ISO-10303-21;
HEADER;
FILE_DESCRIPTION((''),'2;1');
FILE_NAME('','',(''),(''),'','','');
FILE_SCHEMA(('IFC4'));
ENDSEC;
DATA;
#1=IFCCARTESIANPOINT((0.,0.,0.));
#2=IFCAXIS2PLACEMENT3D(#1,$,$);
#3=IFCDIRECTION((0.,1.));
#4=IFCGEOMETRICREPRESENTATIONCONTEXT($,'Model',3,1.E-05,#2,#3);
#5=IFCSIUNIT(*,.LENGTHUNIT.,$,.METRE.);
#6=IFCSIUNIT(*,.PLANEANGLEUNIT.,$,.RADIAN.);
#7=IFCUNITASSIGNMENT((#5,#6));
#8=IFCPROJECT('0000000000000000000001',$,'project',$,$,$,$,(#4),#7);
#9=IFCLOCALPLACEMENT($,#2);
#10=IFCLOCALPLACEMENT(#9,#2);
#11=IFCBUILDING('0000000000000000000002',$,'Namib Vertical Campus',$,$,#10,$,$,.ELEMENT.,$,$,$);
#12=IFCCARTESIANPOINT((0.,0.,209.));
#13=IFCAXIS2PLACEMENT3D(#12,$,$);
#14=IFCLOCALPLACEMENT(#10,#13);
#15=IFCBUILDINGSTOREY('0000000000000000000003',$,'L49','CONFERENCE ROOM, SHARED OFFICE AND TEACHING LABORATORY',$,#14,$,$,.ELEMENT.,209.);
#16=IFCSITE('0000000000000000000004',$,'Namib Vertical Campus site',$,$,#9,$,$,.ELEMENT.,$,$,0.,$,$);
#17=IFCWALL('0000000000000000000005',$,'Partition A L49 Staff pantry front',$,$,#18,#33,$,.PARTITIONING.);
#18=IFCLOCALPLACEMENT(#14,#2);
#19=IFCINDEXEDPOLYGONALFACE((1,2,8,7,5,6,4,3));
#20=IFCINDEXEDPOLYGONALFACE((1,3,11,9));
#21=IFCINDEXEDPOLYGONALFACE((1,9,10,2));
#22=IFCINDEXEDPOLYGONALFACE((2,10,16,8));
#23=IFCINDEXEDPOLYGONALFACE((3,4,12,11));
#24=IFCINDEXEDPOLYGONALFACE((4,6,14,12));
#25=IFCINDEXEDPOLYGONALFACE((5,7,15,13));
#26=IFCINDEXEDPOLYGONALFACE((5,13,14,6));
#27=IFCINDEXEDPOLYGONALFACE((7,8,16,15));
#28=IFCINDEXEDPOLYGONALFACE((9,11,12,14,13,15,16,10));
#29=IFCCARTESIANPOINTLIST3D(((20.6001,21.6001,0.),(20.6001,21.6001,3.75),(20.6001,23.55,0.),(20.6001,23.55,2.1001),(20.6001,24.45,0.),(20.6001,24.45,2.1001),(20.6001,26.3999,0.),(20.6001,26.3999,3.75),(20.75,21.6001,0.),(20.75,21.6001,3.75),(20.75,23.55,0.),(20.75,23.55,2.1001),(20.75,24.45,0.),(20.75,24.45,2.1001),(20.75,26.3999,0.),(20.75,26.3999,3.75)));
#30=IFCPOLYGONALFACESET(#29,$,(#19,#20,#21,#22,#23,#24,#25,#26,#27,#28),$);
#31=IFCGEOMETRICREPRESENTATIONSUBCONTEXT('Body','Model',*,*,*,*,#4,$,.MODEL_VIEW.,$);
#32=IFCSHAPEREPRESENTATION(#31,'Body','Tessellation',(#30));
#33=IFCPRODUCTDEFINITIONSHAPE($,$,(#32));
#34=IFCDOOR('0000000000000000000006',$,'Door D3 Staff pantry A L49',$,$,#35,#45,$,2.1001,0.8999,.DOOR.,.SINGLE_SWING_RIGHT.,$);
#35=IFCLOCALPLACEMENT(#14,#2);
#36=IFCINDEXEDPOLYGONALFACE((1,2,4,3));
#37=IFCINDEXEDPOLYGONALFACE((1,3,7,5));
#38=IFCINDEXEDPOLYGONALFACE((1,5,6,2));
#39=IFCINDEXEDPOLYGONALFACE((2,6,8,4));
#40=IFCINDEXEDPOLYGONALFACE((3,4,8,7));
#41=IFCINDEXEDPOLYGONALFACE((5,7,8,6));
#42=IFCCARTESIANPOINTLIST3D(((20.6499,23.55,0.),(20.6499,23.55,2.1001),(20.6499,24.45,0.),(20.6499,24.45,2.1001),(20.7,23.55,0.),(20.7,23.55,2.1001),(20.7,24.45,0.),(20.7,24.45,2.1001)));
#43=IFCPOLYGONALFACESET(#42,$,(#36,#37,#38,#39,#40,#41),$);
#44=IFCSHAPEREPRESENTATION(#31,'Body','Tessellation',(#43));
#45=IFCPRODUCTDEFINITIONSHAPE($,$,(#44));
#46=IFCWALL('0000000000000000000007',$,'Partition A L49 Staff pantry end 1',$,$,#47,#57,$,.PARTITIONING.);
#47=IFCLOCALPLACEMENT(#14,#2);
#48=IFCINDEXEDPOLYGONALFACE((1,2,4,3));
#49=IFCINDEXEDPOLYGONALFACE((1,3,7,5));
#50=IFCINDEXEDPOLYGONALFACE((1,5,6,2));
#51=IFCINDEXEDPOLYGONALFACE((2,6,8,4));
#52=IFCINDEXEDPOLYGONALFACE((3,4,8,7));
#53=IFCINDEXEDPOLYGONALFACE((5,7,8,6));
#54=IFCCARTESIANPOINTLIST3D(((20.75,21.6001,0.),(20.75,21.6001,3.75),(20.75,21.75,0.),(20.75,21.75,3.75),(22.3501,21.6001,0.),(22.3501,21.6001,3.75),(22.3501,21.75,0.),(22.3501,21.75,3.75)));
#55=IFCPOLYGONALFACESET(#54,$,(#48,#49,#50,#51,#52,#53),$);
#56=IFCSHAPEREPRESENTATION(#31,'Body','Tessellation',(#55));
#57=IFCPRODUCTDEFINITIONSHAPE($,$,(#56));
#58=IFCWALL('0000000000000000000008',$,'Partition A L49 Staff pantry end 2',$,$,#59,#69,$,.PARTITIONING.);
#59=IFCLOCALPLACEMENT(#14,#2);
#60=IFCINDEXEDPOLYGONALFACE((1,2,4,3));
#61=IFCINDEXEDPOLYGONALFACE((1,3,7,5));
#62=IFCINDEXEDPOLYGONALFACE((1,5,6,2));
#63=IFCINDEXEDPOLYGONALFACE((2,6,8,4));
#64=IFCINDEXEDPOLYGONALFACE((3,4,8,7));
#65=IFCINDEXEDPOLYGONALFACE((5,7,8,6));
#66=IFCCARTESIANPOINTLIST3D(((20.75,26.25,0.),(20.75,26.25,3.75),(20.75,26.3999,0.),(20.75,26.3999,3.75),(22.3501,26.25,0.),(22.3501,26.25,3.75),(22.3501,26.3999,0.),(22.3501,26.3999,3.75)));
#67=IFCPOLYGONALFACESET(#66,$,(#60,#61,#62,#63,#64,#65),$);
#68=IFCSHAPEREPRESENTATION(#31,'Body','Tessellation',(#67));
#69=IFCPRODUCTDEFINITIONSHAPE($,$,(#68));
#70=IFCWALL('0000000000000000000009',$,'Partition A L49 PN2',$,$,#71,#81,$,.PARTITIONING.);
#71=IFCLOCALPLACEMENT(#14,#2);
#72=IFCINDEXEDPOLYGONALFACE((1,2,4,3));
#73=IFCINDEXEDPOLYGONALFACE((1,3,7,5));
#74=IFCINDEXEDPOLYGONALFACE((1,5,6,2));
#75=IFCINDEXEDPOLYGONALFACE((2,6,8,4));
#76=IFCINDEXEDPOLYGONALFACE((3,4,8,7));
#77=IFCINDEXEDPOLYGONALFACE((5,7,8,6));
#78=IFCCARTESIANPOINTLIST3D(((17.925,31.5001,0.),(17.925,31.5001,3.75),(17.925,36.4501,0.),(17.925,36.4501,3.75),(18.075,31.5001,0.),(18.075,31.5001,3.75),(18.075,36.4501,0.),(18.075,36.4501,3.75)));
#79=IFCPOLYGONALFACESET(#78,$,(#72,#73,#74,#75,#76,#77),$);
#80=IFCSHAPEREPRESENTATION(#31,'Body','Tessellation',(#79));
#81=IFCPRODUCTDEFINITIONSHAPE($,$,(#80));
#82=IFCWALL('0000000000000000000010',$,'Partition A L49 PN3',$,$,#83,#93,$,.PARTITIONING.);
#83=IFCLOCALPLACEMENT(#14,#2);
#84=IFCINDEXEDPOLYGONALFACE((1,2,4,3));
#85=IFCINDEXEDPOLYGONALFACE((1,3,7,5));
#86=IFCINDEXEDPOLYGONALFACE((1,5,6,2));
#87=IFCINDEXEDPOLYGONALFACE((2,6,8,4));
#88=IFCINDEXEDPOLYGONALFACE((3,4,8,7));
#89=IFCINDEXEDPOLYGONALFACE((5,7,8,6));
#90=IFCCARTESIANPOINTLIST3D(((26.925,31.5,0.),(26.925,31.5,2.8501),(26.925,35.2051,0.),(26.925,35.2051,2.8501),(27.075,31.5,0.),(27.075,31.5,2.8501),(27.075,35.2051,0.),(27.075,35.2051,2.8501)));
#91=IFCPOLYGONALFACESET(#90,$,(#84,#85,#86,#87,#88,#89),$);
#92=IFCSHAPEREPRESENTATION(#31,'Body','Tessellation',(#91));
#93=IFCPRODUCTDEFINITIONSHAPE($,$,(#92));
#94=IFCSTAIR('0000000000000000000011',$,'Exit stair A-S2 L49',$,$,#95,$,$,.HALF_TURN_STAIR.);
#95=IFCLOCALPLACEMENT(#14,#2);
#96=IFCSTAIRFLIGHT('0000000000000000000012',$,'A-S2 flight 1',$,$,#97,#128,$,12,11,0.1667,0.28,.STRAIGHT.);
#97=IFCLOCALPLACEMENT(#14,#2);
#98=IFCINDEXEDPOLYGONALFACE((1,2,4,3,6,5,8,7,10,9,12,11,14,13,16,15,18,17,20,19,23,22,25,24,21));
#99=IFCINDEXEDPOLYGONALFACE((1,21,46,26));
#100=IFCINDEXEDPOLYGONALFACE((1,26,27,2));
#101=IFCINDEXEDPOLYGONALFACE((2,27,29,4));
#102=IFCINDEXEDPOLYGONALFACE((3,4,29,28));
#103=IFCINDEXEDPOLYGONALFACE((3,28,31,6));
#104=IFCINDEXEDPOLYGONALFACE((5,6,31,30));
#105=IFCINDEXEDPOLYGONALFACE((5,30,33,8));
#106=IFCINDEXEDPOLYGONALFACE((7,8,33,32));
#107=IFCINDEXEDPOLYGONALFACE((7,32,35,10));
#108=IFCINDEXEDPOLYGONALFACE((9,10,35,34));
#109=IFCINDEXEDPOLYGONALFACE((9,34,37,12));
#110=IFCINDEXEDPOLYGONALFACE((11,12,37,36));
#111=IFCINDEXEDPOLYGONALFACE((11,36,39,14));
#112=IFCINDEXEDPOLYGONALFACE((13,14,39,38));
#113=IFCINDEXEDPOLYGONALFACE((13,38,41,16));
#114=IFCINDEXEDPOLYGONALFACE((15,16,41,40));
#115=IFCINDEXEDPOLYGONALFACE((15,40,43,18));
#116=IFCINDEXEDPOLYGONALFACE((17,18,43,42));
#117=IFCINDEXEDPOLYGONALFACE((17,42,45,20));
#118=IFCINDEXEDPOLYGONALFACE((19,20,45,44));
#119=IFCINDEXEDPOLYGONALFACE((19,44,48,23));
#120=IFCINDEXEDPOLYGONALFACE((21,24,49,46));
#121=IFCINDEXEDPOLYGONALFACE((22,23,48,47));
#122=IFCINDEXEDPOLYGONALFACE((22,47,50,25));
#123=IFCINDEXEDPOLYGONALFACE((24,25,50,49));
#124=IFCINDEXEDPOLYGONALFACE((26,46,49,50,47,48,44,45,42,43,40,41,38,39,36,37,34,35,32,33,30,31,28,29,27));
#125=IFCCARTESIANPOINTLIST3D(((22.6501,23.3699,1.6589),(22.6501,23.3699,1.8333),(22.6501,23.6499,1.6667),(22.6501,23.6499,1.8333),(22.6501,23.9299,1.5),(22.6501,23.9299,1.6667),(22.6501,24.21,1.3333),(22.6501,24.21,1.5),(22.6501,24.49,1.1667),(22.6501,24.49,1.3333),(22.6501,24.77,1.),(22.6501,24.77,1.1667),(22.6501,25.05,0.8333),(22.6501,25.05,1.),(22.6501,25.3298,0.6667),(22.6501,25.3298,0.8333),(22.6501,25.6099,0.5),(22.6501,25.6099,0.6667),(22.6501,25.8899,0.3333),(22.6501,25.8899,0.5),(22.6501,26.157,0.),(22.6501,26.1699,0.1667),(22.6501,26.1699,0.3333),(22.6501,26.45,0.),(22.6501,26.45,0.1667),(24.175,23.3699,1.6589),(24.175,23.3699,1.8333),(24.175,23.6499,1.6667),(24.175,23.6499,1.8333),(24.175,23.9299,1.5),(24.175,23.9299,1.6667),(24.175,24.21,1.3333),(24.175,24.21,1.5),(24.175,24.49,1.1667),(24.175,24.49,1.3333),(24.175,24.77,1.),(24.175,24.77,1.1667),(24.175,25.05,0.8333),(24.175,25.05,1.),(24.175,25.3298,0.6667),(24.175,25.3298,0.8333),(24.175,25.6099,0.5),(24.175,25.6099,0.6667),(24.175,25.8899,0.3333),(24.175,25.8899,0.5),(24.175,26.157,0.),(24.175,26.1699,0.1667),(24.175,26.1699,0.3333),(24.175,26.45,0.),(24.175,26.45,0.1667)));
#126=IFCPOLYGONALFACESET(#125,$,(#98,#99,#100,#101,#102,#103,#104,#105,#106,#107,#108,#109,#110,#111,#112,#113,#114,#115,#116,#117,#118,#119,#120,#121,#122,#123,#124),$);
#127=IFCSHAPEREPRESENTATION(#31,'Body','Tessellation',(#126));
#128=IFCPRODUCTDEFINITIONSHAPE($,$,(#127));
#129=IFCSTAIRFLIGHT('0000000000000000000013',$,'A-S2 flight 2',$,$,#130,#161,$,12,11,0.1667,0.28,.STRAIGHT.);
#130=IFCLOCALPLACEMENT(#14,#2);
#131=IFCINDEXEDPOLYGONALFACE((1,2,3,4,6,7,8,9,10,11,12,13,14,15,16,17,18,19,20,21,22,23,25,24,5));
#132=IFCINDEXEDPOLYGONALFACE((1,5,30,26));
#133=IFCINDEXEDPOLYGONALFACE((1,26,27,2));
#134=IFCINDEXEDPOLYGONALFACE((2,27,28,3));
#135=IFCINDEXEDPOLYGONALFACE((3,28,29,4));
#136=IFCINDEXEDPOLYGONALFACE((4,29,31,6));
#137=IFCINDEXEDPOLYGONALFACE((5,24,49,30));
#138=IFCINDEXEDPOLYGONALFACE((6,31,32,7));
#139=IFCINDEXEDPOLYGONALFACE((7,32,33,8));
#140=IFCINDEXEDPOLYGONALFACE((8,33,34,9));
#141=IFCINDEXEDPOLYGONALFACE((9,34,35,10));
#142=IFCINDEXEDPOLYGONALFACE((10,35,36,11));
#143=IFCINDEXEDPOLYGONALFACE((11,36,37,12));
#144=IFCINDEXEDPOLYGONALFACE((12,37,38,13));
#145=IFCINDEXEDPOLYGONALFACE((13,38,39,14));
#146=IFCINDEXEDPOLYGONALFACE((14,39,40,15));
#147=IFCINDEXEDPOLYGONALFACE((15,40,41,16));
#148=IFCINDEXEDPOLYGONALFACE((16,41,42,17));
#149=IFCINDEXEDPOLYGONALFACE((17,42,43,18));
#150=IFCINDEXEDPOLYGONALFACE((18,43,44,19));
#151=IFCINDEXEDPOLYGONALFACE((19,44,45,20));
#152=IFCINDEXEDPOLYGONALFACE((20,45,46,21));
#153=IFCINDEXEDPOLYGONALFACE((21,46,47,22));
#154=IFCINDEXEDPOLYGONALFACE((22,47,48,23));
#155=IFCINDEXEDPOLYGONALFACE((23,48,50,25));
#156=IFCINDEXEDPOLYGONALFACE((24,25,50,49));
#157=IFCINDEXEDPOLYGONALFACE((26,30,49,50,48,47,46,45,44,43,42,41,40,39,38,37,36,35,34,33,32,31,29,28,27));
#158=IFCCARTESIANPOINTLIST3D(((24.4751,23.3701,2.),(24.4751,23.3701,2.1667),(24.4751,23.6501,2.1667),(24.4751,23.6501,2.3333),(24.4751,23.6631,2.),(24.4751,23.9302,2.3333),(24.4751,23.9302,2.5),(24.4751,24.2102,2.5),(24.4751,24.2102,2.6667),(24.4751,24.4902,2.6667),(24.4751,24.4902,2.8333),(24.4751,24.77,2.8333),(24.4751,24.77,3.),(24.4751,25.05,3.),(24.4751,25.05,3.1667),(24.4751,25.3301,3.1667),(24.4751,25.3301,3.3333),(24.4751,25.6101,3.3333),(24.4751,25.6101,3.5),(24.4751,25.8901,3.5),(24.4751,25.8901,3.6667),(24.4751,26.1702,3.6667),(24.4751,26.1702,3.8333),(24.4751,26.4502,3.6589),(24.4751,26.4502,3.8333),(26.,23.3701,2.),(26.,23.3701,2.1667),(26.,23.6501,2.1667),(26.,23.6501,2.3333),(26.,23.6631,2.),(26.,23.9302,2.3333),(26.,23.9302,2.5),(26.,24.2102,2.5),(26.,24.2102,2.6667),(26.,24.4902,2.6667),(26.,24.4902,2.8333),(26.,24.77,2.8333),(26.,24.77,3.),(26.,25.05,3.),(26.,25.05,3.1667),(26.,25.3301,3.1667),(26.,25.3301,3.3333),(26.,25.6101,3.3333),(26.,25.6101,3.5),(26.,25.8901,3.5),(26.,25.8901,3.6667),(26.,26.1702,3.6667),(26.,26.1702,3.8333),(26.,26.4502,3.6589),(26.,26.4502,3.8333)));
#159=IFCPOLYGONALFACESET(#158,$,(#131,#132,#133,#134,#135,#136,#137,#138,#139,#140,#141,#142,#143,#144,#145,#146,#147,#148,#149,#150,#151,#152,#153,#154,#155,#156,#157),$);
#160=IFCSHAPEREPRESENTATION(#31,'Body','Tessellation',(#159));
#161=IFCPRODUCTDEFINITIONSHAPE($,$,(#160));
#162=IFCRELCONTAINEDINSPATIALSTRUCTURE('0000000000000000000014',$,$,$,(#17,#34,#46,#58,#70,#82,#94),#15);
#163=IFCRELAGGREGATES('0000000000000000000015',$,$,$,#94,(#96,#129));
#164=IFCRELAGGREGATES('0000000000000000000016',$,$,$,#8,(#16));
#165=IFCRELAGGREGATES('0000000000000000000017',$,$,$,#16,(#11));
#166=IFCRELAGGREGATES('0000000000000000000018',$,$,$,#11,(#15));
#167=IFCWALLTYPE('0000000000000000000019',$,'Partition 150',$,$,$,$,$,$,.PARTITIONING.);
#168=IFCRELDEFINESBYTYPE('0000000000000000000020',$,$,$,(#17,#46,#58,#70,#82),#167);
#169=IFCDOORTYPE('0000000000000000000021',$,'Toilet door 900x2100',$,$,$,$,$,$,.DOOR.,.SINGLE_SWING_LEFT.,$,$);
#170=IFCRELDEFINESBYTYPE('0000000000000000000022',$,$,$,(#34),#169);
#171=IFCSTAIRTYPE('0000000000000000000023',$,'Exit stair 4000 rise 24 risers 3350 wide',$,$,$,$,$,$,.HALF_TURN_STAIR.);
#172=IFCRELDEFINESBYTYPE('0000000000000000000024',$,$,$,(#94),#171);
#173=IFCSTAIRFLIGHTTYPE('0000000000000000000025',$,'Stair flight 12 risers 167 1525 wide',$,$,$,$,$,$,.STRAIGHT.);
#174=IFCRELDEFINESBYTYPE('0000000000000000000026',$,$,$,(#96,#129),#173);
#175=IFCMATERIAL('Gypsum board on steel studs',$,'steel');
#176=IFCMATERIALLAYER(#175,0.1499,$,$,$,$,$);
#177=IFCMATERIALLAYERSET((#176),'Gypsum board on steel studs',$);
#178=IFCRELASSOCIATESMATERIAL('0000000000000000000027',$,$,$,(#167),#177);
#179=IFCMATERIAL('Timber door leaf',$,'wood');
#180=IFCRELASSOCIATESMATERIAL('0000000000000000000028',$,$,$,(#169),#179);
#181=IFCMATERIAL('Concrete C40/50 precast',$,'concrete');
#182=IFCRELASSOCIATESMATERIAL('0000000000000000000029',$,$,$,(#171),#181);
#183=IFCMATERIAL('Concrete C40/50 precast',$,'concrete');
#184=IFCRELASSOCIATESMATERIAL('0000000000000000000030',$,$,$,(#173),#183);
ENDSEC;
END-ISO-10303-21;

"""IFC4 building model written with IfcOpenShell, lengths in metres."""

from ifc_helpers import new_model, si_unit, direction, frame, frame_2d, origin, place, context, subcontext, project, spatial, polyline, rectangle, outline, extrude, material, layer, layer_set, type_object, element, fill, aggregate, save


model = new_model("IFC4")

# Units and contexts
model_context = context("Model", 3, precision=1e-05, world=origin(), true_north=direction((0.0, 1.0)))
body_context = subcontext(model_context, "Body", "Model", "MODEL_VIEW")
ifc_project = project(units=[si_unit("LENGTHUNIT", "METRE"), si_unit("PLANEANGLEUNIT", "RADIAN")], contexts=[model_context])

# Site, building, storey
site_placement = place(None, origin())
site = spatial("IfcSite", under=ifc_project, at=site_placement, Name="Namib Vertical Campus site", CompositionType="ELEMENT", RefElevation=0.0)
building_placement = place(site_placement, origin())
building = spatial("IfcBuilding", under=site, at=building_placement, Name="Namib Vertical Campus", CompositionType="ELEMENT")
storey_placement = place(building_placement, frame((0.0, 0.0, 209.0)))
storey = spatial("IfcBuildingStorey", under=building, at=storey_placement, Name="L49", Description="CONFERENCE ROOM, SHARED OFFICE AND TEACHING LABORATORY", CompositionType="ELEMENT", Elevation=209.0)

# Wall, opening, door
ifc_material_1 = material(Name="Gypsum board on steel studs", Category="steel")
ifc_layer_1 = layer(ifc_material_1, 0.1499)
ifc_layer_set_1 = layer_set([ifc_layer_1], Name="Gypsum board on steel studs")
wall_type_1 = type_object("IfcWallType", Name="Partition 150", PredefinedType="PARTITIONING", material=ifc_layer_set_1)
wall_1_placement = place(storey_placement, frame((20.675, 21.6001, 0.0), z_axis=(0.0, 0.0, 1.0), x_axis=(0.0, 1.0, 0.0)))
wall_1 = element("IfcWall", 1, at=wall_1_placement, inside=storey, type_object=wall_type_1, Name="Partition A L49 Staff pantry front", PredefinedType="PARTITIONING", context=body_context, shape_type="SweptSolid", body=[
    extrude(rectangle(XDim=4.7998, YDim=0.1499, at=frame_2d((2.3999, 0.0))), origin(), (0.0, 0.0, 1.0), 3.75),
])
opening_1_placement = place(wall_1_placement, frame((1.95, 0.0, 0.0)))
opening_1 = element("IfcOpeningElement", 2, at=opening_1_placement, cuts=wall_1, PredefinedType="OPENING", context=body_context, shape_type="SweptSolid", body=[
    extrude(rectangle(XDim=0.8999, YDim=2.1001, at=frame_2d((0.45, 1.05))), frame((0.0, 0.085, 0.0), z_axis=(0.0, -1.0, 0.0), x_axis=(1.0, 0.0, 0.0)), (0.0, 0.0, 1.0), 0.1699),
])
ifc_material_2 = material(Name="Timber door leaf", Category="wood")
door_type_1 = type_object("IfcDoorType", Name="Toilet door 900x2100", OperationType="SINGLE_SWING_LEFT", PredefinedType="DOOR", material=ifc_material_2)
door_1_placement = place(opening_1_placement, frame((0.8999, 0.0, 0.0), z_axis=(0.0, 0.0, 1.0), x_axis=(-1.0, 0.0, 0.0)))
door_1 = element("IfcDoor", 3, at=door_1_placement, inside=storey, type_object=door_type_1, Name="Door D3 Staff pantry A L49", OperationType="SINGLE_SWING_RIGHT", OverallHeight=2.1001, OverallWidth=0.8999, PredefinedType="DOOR", context=body_context, shape_type="SweptSolid", body=[
    extrude(rectangle(XDim=0.8999, YDim=2.1001, at=frame_2d((0.45, 1.05))), frame((0.0, 0.0249, 0.0), z_axis=(0.0, -1.0, 0.0), x_axis=(1.0, 0.0, 0.0)), (0.0, 0.0, 1.0), 0.05),
])
fill(opening_1, door_1)

# Walls
for number, where, z_axis, x_axis, name in (
    (4, (20.75, 21.675, 0.0), (0.0, 0.0, 1.0), (1.0, 0.0, 0.0), "Partition A L49 Staff pantry end 1"),
    (5, (20.75, 26.325, 0.0), (0.0, 0.0, 1.0), (1.0, 0.0, 0.0), "Partition A L49 Staff pantry end 2"),
):
    element("IfcWall", number, at=place(storey_placement, frame(where, z_axis=z_axis, x_axis=x_axis)), inside=storey, type_object=wall_type_1, Name=name, PredefinedType="PARTITIONING", context=body_context, shape_type="SweptSolid", body=[
        extrude(rectangle(XDim=1.6001, YDim=0.1499, at=frame_2d((0.8, 0.0))), origin(), (0.0, 0.0, 1.0), 3.75),
    ])
wall_2_placement = place(storey_placement, frame((18.0, 31.5, 0.0), z_axis=(0.0, 0.0, 1.0), x_axis=(0.0, 1.0, 0.0)))
element("IfcWall", 6, at=wall_2_placement, inside=storey, type_object=wall_type_1, Name="Partition A L49 PN2", PredefinedType="PARTITIONING", context=body_context, shape_type="SweptSolid", body=[
    extrude(rectangle(XDim=4.95, YDim=0.1499, at=frame_2d((2.4751, 0.0))), origin(), (0.0, 0.0, 1.0), 3.75),
])
wall_3_placement = place(storey_placement, frame((27.0, 31.5, 0.0), z_axis=(0.0, 0.0, 1.0), x_axis=(0.0, 1.0, 0.0)))
element("IfcWall", 7, at=wall_3_placement, inside=storey, type_object=wall_type_1, Name="Partition A L49 PN3", PredefinedType="PARTITIONING", context=body_context, shape_type="SweptSolid", body=[
    extrude(rectangle(XDim=3.7051, YDim=0.1499, at=frame_2d((1.8525, 0.0))), origin(), (0.0, 0.0, 1.0), 2.8501),
])

# Stair, stair flights
ifc_material_3 = material(Name="Concrete C40/50 precast", Category="concrete")
stair_type = type_object("IfcStairType", Name="Exit stair 4000 rise 24 risers 3350 wide", PredefinedType="HALF_TURN_STAIR", material=ifc_material_3)
stair_placement = place(storey_placement, origin())
stair = element("IfcStair", 8, at=stair_placement, inside=storey, type_object=stair_type, Name="Exit stair A-S2 L49", PredefinedType="HALF_TURN_STAIR")
ifc_material_4 = material(Name="Concrete C40/50 precast", Category="concrete")
stair_flight_type = type_object("IfcStairFlightType", Name="Stair flight 12 risers 167 1525 wide", PredefinedType="STRAIGHT", material=ifc_material_4)
stair_flight_1_placement = place(storey_placement, frame((23.4126, 26.45, 0.0), z_axis=(0.0, 0.0, 1.0), x_axis=(0.0, -1.0, 0.0)))
stair_flight_1 = element("IfcStairFlight", 9, at=stair_flight_1_placement, type_object=stair_flight_type, Name="A-S2 flight 1", NumberOfRisers=12, NumberOfTreads=11, PredefinedType="STRAIGHT", RiserHeight=0.1667, TreadLength=0.28, context=body_context, shape_type="SweptSolid", body=[
    extrude(outline(polyline([(0.0, 0.0), (0.0, 0.1667), (0.28, 0.1667), (0.28, 0.3333), (0.5601, 0.3333), (0.5601, 0.5), (0.8401, 0.5), (0.8401, 0.6667), (1.1201, 0.6667), (1.1201, 0.8333), (1.3999, 0.8333), (1.3999, 1.0), (1.6799, 1.0), (1.6799, 1.1667), (1.96, 1.1667), (1.96, 1.3333), (2.24, 1.3333), (2.24, 1.5), (2.52, 1.5), (2.52, 1.6667), (2.8, 1.6667), (2.8, 1.8333), (3.0801, 1.8333), (3.0801, 2.0), (3.0801, 1.6589), (0.293, 0.0), (0.0, 0.0)])), frame((0.0, 0.7625, 0.0), z_axis=(0.0, -1.0, 0.0), x_axis=(1.0, 0.0, 0.0)), (0.0, 0.0, 1.0), 1.5249),
])
stair_flight_2_placement = place(storey_placement, frame((25.2375, 23.3701, 2.0), z_axis=(0.0, 0.0, 1.0), x_axis=(0.0, 1.0, 0.0)))
stair_flight_2 = element("IfcStairFlight", 10, at=stair_flight_2_placement, type_object=stair_flight_type, Name="A-S2 flight 2", NumberOfRisers=12, NumberOfTreads=11, PredefinedType="STRAIGHT", RiserHeight=0.1667, TreadLength=0.28, context=body_context, shape_type="SweptSolid", body=[
    extrude(outline(polyline([(0.0, 0.0), (0.0, 0.1667), (0.28, 0.1667), (0.28, 0.3333), (0.5601, 0.3333), (0.5601, 0.5), (0.8401, 0.5), (0.8401, 0.6667), (1.1201, 0.6667), (1.1201, 0.8333), (1.3999, 0.8333), (1.3999, 1.0), (1.6799, 1.0), (1.6799, 1.1667), (1.96, 1.1667), (1.96, 1.3333), (2.24, 1.3333), (2.24, 1.5), (2.52, 1.5), (2.52, 1.6667), (2.8, 1.6667), (2.8, 1.8333), (3.0801, 1.8333), (3.0801, 2.0), (3.0801, 1.6589), (0.293, 0.0), (0.0, 0.0)])), frame((0.0, 0.7625, 0.0), z_axis=(0.0, -1.0, 0.0), x_axis=(1.0, 0.0, 0.0)), (0.0, 0.0, 1.0), 1.5249),
])
aggregate(stair, [stair_flight_1, stair_flight_2])

save(model, "model.ifc")
